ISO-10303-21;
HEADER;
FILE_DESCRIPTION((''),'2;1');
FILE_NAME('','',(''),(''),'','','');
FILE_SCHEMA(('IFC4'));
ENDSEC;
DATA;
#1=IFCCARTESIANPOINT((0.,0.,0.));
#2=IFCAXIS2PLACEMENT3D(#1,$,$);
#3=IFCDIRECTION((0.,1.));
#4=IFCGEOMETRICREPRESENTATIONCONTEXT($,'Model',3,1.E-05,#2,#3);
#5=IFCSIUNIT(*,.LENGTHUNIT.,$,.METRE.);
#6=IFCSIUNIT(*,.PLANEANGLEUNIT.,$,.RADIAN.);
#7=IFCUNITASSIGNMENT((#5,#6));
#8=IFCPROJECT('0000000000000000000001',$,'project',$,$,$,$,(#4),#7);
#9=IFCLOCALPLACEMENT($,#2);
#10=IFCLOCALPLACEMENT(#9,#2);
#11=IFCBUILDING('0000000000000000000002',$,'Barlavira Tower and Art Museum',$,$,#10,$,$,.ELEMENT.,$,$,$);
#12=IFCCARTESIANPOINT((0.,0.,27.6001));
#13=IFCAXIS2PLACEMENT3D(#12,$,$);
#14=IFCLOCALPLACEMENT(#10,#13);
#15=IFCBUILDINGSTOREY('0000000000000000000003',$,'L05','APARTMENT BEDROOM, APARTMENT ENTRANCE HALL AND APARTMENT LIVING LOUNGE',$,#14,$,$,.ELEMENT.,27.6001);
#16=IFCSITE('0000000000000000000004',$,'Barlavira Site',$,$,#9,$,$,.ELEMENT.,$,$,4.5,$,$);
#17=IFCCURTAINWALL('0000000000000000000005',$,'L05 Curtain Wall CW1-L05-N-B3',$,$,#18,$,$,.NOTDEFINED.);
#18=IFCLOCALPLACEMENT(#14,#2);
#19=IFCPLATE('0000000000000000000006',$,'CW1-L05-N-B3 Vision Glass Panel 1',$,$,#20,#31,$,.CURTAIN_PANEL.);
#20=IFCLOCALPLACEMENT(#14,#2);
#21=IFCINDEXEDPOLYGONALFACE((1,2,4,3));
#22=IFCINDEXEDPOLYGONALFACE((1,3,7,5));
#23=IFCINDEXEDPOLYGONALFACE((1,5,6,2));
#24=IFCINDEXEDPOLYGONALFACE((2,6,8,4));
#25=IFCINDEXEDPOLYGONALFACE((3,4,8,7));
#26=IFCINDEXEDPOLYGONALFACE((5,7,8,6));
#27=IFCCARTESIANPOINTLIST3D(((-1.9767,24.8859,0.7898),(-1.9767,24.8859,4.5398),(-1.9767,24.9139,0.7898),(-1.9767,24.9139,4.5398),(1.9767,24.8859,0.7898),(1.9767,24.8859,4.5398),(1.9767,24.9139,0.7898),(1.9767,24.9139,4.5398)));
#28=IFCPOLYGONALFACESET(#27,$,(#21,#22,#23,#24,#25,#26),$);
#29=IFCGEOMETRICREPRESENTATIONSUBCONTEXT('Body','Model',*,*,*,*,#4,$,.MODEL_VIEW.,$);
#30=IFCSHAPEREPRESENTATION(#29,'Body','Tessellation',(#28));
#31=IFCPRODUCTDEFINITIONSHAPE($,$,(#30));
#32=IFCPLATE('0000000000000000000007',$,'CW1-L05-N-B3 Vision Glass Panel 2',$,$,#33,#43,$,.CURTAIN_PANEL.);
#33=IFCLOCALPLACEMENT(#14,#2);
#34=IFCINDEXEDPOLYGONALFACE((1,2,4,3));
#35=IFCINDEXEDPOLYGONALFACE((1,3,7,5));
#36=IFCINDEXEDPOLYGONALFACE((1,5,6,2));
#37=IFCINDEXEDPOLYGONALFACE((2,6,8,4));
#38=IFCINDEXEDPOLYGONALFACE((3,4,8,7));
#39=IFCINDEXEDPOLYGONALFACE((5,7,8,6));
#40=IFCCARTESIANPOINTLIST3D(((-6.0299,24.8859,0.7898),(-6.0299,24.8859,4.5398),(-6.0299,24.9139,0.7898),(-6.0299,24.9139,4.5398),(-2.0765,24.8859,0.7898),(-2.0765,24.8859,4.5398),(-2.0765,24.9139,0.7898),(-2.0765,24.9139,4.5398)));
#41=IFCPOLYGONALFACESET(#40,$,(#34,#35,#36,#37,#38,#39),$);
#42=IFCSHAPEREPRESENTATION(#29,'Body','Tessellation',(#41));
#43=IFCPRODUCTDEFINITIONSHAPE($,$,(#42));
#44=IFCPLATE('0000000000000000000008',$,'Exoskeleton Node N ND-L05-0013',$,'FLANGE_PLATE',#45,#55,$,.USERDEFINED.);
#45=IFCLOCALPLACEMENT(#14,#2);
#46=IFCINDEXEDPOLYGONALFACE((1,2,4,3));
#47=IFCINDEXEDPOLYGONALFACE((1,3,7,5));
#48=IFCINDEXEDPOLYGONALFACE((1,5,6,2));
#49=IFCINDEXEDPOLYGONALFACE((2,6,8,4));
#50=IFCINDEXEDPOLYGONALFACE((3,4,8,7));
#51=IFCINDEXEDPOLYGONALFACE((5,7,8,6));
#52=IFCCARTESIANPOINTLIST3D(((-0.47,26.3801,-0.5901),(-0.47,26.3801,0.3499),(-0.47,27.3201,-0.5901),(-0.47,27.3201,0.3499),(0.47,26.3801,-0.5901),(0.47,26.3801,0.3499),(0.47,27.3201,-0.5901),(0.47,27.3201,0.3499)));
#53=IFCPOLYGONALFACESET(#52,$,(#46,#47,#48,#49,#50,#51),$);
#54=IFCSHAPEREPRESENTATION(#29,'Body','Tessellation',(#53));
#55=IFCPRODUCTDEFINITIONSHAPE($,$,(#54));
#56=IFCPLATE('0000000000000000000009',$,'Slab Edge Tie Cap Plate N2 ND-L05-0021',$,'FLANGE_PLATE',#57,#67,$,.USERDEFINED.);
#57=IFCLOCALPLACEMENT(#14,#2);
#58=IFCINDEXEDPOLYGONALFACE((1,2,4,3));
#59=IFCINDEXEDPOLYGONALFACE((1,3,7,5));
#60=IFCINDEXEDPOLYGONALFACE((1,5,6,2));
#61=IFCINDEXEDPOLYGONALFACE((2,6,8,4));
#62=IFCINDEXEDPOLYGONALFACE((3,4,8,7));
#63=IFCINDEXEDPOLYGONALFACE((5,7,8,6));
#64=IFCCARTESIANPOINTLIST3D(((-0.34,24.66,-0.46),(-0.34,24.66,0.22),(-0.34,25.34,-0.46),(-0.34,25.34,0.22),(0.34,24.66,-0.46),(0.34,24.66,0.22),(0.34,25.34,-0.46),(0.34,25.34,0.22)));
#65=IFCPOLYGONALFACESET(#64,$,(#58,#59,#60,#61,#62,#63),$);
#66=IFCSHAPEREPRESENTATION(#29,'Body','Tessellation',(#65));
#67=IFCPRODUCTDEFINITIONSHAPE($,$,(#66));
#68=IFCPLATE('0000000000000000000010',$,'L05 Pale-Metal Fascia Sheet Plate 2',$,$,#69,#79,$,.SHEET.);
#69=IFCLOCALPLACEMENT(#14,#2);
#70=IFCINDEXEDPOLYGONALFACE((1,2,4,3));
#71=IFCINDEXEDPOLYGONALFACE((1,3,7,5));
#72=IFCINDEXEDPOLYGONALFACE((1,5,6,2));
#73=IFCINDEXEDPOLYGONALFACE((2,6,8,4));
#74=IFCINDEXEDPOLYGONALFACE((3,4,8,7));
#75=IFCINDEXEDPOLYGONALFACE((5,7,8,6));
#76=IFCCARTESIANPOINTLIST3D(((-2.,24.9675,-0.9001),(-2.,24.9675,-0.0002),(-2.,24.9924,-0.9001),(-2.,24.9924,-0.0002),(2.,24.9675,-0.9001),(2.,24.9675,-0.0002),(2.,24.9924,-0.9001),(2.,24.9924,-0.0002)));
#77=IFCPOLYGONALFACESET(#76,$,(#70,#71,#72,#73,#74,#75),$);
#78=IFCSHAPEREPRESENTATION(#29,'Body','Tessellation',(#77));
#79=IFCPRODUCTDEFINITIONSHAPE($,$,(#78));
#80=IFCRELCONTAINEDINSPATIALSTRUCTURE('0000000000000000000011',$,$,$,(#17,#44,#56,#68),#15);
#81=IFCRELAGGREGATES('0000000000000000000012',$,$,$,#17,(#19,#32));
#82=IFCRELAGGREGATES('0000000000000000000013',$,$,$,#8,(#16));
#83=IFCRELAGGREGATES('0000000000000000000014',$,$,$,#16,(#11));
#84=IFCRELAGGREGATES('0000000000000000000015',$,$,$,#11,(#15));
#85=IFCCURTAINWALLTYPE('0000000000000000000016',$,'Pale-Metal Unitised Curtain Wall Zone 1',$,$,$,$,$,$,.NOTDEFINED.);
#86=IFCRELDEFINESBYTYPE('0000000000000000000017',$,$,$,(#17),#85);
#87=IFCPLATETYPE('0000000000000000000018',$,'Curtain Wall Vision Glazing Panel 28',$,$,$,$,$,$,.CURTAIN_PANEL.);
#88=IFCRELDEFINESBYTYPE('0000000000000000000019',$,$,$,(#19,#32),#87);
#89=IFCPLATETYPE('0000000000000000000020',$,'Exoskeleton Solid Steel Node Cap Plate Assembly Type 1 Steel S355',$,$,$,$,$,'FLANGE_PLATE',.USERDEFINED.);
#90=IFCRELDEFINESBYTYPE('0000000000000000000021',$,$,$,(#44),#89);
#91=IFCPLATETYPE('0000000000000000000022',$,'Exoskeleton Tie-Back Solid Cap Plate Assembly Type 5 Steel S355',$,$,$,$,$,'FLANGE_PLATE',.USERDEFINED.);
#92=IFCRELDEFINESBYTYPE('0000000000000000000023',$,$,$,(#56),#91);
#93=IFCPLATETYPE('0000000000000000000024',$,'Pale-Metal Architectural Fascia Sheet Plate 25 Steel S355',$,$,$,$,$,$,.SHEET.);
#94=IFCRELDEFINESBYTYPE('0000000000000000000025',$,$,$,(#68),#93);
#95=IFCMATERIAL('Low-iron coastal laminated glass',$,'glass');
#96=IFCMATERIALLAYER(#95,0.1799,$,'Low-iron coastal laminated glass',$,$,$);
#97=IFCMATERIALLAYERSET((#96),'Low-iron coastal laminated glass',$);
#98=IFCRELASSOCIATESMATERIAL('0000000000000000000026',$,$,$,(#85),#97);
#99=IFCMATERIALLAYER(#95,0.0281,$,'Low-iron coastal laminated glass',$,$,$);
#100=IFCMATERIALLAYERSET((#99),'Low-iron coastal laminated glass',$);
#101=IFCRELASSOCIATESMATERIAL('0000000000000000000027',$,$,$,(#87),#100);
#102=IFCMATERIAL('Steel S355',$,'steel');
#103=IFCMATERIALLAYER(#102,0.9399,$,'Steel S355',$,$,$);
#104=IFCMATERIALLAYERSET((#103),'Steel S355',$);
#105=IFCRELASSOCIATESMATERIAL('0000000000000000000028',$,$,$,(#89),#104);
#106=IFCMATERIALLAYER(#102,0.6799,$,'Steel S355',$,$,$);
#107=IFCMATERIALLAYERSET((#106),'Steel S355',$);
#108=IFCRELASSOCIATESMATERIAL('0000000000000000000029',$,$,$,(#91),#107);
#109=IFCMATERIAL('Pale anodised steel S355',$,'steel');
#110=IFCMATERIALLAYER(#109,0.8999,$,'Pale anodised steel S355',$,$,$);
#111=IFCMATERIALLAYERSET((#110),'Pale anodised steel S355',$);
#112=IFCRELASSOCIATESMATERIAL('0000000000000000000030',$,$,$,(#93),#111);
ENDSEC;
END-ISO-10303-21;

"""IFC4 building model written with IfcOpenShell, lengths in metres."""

from ifc_helpers import new_model, si_unit, direction, frame, origin, origin_2d, place, context, subcontext, project, spatial, rectangle, extrude, material, layer, layer_set, type_object, element, aggregate, save


model = new_model("IFC4")

# Units and contexts
model_context = context("Model", 3, precision=1e-05, world=origin(), true_north=direction((0.0, 1.0)))
body_context = subcontext(model_context, "Body", "Model", "MODEL_VIEW")
ifc_project = project(units=[si_unit("LENGTHUNIT", "METRE"), si_unit("PLANEANGLEUNIT", "RADIAN")], contexts=[model_context])

# Site, building, storey
site_placement = place(None, origin())
site = spatial("IfcSite", under=ifc_project, at=site_placement, Name="Barlavira Site", CompositionType="ELEMENT", RefElevation=4.5)
building_placement = place(site_placement, origin())
building = spatial("IfcBuilding", under=site, at=building_placement, Name="Barlavira Tower and Art Museum", CompositionType="ELEMENT")
storey_placement = place(building_placement, frame((0.0, 0.0, 27.6001)))
storey = spatial("IfcBuildingStorey", under=building, at=storey_placement, Name="L05", Description="APARTMENT BEDROOM, APARTMENT ENTRANCE HALL AND APARTMENT LIVING LOUNGE", CompositionType="ELEMENT", Elevation=27.6001)

# Curtain wall
ifc_material_1 = material(Name="Low-iron coastal laminated glass", Category="glass")
ifc_layer_1 = layer(ifc_material_1, 0.1799, Name="Low-iron coastal laminated glass")
ifc_layer_set_1 = layer_set([ifc_layer_1], Name="Low-iron coastal laminated glass")
curtain_wall_type = type_object("IfcCurtainWallType", Name="Pale-Metal Unitised Curtain Wall Zone 1", PredefinedType="NOTDEFINED", material=ifc_layer_set_1)
curtain_wall_placement = place(storey_placement, origin())
curtain_wall = element("IfcCurtainWall", 1, at=curtain_wall_placement, inside=storey, type_object=curtain_wall_type, Name="L05 Curtain Wall CW1-L05-N-B3", PredefinedType="NOTDEFINED")

# Shared definitions
ifc_material_2 = material(Name="Steel S355", Category="steel")

# Plates
ifc_layer_2 = layer(ifc_material_1, 0.0281, Name="Low-iron coastal laminated glass")
ifc_layer_set_2 = layer_set([ifc_layer_2], Name="Low-iron coastal laminated glass")
plate_type_1 = type_object("IfcPlateType", Name="Curtain Wall Vision Glazing Panel 28", PredefinedType="CURTAIN_PANEL", material=ifc_layer_set_2)
plate_1_placement = place(storey_placement, frame((0.0, 24.8999, 0.7898), z_axis=(0.0, 0.0, 1.0), x_axis=(-1.0, 0.0, 0.0)))
plate_1 = element("IfcPlate", 2, at=plate_1_placement, type_object=plate_type_1, Name="CW1-L05-N-B3 Vision Glass Panel 1", PredefinedType="CURTAIN_PANEL", context=body_context, shape_type="SweptSolid", body=[
    extrude(rectangle(XDim=3.9534, YDim=0.0281, at=origin_2d()), origin(), (0.0, 0.0, 1.0), 3.75),
])
plate_2_placement = place(storey_placement, frame((-4.0532, 24.8999, 0.7898), z_axis=(0.0, 0.0, 1.0), x_axis=(-1.0, 0.0, 0.0)))
plate_2 = element("IfcPlate", 3, at=plate_2_placement, type_object=plate_type_1, Name="CW1-L05-N-B3 Vision Glass Panel 2", PredefinedType="CURTAIN_PANEL", context=body_context, shape_type="SweptSolid", body=[
    extrude(rectangle(XDim=3.9534, YDim=0.0281, at=origin_2d()), origin(), (0.0, 0.0, 1.0), 3.75),
])
aggregate(curtain_wall, [plate_1, plate_2])

# Plates
ifc_layer_3 = layer(ifc_material_2, 0.9399, Name="Steel S355")
ifc_layer_set_3 = layer_set([ifc_layer_3], Name="Steel S355")
plate_type_2 = type_object("IfcPlateType", Name="Exoskeleton Solid Steel Node Cap Plate Assembly Type 1 Steel S355", ElementType="FLANGE_PLATE", PredefinedType="USERDEFINED", material=ifc_layer_set_3)
plate_3_placement = place(storey_placement, frame((0.0, 26.8501, -0.5901), z_axis=(0.0, 0.0, 1.0), x_axis=(1.0, 0.0, 0.0)))
element("IfcPlate", 4, at=plate_3_placement, inside=storey, type_object=plate_type_2, Name="Exoskeleton Node N ND-L05-0013", ObjectType="FLANGE_PLATE", PredefinedType="USERDEFINED", context=body_context, shape_type="SweptSolid", body=[
    extrude(rectangle(XDim=0.9399, YDim=0.9399, at=origin_2d()), origin(), (0.0, 0.0, 1.0), 0.9399),
])
ifc_layer_4 = layer(ifc_material_2, 0.6799, Name="Steel S355")
ifc_layer_set_4 = layer_set([ifc_layer_4], Name="Steel S355")
plate_type_3 = type_object("IfcPlateType", Name="Exoskeleton Tie-Back Solid Cap Plate Assembly Type 5 Steel S355", ElementType="FLANGE_PLATE", PredefinedType="USERDEFINED", material=ifc_layer_set_4)
plate_4_placement = place(storey_placement, frame((0.0, 25.0, -0.46), z_axis=(0.0, 0.0, 1.0), x_axis=(1.0, 0.0, 0.0)))
element("IfcPlate", 5, at=plate_4_placement, inside=storey, type_object=plate_type_3, Name="Slab Edge Tie Cap Plate N2 ND-L05-0021", ObjectType="FLANGE_PLATE", PredefinedType="USERDEFINED", context=body_context, shape_type="SweptSolid", body=[
    extrude(rectangle(XDim=0.6799, YDim=0.6799, at=origin_2d()), origin(), (0.0, 0.0, 1.0), 0.6799),
])
ifc_material_3 = material(Name="Pale anodised steel S355", Category="steel")
ifc_layer_5 = layer(ifc_material_3, 0.8999, Name="Pale anodised steel S355")
ifc_layer_set_5 = layer_set([ifc_layer_5], Name="Pale anodised steel S355")
plate_type_4 = type_object("IfcPlateType", Name="Pale-Metal Architectural Fascia Sheet Plate 25 Steel S355", PredefinedType="SHEET", material=ifc_layer_set_5)
plate_5_placement = place(storey_placement, frame((0.0, 24.98, -0.9001), z_axis=(0.0, 0.0, 1.0), x_axis=(1.0, 0.0, 0.0)))
element("IfcPlate", 6, at=plate_5_placement, inside=storey, type_object=plate_type_4, Name="L05 Pale-Metal Fascia Sheet Plate 2", PredefinedType="SHEET", context=body_context, shape_type="SweptSolid", body=[
    extrude(rectangle(XDim=4.0, YDim=0.0249, at=origin_2d()), origin(), (0.0, 0.0, 1.0), 0.8999),
])

save(model, "model.ifc")
